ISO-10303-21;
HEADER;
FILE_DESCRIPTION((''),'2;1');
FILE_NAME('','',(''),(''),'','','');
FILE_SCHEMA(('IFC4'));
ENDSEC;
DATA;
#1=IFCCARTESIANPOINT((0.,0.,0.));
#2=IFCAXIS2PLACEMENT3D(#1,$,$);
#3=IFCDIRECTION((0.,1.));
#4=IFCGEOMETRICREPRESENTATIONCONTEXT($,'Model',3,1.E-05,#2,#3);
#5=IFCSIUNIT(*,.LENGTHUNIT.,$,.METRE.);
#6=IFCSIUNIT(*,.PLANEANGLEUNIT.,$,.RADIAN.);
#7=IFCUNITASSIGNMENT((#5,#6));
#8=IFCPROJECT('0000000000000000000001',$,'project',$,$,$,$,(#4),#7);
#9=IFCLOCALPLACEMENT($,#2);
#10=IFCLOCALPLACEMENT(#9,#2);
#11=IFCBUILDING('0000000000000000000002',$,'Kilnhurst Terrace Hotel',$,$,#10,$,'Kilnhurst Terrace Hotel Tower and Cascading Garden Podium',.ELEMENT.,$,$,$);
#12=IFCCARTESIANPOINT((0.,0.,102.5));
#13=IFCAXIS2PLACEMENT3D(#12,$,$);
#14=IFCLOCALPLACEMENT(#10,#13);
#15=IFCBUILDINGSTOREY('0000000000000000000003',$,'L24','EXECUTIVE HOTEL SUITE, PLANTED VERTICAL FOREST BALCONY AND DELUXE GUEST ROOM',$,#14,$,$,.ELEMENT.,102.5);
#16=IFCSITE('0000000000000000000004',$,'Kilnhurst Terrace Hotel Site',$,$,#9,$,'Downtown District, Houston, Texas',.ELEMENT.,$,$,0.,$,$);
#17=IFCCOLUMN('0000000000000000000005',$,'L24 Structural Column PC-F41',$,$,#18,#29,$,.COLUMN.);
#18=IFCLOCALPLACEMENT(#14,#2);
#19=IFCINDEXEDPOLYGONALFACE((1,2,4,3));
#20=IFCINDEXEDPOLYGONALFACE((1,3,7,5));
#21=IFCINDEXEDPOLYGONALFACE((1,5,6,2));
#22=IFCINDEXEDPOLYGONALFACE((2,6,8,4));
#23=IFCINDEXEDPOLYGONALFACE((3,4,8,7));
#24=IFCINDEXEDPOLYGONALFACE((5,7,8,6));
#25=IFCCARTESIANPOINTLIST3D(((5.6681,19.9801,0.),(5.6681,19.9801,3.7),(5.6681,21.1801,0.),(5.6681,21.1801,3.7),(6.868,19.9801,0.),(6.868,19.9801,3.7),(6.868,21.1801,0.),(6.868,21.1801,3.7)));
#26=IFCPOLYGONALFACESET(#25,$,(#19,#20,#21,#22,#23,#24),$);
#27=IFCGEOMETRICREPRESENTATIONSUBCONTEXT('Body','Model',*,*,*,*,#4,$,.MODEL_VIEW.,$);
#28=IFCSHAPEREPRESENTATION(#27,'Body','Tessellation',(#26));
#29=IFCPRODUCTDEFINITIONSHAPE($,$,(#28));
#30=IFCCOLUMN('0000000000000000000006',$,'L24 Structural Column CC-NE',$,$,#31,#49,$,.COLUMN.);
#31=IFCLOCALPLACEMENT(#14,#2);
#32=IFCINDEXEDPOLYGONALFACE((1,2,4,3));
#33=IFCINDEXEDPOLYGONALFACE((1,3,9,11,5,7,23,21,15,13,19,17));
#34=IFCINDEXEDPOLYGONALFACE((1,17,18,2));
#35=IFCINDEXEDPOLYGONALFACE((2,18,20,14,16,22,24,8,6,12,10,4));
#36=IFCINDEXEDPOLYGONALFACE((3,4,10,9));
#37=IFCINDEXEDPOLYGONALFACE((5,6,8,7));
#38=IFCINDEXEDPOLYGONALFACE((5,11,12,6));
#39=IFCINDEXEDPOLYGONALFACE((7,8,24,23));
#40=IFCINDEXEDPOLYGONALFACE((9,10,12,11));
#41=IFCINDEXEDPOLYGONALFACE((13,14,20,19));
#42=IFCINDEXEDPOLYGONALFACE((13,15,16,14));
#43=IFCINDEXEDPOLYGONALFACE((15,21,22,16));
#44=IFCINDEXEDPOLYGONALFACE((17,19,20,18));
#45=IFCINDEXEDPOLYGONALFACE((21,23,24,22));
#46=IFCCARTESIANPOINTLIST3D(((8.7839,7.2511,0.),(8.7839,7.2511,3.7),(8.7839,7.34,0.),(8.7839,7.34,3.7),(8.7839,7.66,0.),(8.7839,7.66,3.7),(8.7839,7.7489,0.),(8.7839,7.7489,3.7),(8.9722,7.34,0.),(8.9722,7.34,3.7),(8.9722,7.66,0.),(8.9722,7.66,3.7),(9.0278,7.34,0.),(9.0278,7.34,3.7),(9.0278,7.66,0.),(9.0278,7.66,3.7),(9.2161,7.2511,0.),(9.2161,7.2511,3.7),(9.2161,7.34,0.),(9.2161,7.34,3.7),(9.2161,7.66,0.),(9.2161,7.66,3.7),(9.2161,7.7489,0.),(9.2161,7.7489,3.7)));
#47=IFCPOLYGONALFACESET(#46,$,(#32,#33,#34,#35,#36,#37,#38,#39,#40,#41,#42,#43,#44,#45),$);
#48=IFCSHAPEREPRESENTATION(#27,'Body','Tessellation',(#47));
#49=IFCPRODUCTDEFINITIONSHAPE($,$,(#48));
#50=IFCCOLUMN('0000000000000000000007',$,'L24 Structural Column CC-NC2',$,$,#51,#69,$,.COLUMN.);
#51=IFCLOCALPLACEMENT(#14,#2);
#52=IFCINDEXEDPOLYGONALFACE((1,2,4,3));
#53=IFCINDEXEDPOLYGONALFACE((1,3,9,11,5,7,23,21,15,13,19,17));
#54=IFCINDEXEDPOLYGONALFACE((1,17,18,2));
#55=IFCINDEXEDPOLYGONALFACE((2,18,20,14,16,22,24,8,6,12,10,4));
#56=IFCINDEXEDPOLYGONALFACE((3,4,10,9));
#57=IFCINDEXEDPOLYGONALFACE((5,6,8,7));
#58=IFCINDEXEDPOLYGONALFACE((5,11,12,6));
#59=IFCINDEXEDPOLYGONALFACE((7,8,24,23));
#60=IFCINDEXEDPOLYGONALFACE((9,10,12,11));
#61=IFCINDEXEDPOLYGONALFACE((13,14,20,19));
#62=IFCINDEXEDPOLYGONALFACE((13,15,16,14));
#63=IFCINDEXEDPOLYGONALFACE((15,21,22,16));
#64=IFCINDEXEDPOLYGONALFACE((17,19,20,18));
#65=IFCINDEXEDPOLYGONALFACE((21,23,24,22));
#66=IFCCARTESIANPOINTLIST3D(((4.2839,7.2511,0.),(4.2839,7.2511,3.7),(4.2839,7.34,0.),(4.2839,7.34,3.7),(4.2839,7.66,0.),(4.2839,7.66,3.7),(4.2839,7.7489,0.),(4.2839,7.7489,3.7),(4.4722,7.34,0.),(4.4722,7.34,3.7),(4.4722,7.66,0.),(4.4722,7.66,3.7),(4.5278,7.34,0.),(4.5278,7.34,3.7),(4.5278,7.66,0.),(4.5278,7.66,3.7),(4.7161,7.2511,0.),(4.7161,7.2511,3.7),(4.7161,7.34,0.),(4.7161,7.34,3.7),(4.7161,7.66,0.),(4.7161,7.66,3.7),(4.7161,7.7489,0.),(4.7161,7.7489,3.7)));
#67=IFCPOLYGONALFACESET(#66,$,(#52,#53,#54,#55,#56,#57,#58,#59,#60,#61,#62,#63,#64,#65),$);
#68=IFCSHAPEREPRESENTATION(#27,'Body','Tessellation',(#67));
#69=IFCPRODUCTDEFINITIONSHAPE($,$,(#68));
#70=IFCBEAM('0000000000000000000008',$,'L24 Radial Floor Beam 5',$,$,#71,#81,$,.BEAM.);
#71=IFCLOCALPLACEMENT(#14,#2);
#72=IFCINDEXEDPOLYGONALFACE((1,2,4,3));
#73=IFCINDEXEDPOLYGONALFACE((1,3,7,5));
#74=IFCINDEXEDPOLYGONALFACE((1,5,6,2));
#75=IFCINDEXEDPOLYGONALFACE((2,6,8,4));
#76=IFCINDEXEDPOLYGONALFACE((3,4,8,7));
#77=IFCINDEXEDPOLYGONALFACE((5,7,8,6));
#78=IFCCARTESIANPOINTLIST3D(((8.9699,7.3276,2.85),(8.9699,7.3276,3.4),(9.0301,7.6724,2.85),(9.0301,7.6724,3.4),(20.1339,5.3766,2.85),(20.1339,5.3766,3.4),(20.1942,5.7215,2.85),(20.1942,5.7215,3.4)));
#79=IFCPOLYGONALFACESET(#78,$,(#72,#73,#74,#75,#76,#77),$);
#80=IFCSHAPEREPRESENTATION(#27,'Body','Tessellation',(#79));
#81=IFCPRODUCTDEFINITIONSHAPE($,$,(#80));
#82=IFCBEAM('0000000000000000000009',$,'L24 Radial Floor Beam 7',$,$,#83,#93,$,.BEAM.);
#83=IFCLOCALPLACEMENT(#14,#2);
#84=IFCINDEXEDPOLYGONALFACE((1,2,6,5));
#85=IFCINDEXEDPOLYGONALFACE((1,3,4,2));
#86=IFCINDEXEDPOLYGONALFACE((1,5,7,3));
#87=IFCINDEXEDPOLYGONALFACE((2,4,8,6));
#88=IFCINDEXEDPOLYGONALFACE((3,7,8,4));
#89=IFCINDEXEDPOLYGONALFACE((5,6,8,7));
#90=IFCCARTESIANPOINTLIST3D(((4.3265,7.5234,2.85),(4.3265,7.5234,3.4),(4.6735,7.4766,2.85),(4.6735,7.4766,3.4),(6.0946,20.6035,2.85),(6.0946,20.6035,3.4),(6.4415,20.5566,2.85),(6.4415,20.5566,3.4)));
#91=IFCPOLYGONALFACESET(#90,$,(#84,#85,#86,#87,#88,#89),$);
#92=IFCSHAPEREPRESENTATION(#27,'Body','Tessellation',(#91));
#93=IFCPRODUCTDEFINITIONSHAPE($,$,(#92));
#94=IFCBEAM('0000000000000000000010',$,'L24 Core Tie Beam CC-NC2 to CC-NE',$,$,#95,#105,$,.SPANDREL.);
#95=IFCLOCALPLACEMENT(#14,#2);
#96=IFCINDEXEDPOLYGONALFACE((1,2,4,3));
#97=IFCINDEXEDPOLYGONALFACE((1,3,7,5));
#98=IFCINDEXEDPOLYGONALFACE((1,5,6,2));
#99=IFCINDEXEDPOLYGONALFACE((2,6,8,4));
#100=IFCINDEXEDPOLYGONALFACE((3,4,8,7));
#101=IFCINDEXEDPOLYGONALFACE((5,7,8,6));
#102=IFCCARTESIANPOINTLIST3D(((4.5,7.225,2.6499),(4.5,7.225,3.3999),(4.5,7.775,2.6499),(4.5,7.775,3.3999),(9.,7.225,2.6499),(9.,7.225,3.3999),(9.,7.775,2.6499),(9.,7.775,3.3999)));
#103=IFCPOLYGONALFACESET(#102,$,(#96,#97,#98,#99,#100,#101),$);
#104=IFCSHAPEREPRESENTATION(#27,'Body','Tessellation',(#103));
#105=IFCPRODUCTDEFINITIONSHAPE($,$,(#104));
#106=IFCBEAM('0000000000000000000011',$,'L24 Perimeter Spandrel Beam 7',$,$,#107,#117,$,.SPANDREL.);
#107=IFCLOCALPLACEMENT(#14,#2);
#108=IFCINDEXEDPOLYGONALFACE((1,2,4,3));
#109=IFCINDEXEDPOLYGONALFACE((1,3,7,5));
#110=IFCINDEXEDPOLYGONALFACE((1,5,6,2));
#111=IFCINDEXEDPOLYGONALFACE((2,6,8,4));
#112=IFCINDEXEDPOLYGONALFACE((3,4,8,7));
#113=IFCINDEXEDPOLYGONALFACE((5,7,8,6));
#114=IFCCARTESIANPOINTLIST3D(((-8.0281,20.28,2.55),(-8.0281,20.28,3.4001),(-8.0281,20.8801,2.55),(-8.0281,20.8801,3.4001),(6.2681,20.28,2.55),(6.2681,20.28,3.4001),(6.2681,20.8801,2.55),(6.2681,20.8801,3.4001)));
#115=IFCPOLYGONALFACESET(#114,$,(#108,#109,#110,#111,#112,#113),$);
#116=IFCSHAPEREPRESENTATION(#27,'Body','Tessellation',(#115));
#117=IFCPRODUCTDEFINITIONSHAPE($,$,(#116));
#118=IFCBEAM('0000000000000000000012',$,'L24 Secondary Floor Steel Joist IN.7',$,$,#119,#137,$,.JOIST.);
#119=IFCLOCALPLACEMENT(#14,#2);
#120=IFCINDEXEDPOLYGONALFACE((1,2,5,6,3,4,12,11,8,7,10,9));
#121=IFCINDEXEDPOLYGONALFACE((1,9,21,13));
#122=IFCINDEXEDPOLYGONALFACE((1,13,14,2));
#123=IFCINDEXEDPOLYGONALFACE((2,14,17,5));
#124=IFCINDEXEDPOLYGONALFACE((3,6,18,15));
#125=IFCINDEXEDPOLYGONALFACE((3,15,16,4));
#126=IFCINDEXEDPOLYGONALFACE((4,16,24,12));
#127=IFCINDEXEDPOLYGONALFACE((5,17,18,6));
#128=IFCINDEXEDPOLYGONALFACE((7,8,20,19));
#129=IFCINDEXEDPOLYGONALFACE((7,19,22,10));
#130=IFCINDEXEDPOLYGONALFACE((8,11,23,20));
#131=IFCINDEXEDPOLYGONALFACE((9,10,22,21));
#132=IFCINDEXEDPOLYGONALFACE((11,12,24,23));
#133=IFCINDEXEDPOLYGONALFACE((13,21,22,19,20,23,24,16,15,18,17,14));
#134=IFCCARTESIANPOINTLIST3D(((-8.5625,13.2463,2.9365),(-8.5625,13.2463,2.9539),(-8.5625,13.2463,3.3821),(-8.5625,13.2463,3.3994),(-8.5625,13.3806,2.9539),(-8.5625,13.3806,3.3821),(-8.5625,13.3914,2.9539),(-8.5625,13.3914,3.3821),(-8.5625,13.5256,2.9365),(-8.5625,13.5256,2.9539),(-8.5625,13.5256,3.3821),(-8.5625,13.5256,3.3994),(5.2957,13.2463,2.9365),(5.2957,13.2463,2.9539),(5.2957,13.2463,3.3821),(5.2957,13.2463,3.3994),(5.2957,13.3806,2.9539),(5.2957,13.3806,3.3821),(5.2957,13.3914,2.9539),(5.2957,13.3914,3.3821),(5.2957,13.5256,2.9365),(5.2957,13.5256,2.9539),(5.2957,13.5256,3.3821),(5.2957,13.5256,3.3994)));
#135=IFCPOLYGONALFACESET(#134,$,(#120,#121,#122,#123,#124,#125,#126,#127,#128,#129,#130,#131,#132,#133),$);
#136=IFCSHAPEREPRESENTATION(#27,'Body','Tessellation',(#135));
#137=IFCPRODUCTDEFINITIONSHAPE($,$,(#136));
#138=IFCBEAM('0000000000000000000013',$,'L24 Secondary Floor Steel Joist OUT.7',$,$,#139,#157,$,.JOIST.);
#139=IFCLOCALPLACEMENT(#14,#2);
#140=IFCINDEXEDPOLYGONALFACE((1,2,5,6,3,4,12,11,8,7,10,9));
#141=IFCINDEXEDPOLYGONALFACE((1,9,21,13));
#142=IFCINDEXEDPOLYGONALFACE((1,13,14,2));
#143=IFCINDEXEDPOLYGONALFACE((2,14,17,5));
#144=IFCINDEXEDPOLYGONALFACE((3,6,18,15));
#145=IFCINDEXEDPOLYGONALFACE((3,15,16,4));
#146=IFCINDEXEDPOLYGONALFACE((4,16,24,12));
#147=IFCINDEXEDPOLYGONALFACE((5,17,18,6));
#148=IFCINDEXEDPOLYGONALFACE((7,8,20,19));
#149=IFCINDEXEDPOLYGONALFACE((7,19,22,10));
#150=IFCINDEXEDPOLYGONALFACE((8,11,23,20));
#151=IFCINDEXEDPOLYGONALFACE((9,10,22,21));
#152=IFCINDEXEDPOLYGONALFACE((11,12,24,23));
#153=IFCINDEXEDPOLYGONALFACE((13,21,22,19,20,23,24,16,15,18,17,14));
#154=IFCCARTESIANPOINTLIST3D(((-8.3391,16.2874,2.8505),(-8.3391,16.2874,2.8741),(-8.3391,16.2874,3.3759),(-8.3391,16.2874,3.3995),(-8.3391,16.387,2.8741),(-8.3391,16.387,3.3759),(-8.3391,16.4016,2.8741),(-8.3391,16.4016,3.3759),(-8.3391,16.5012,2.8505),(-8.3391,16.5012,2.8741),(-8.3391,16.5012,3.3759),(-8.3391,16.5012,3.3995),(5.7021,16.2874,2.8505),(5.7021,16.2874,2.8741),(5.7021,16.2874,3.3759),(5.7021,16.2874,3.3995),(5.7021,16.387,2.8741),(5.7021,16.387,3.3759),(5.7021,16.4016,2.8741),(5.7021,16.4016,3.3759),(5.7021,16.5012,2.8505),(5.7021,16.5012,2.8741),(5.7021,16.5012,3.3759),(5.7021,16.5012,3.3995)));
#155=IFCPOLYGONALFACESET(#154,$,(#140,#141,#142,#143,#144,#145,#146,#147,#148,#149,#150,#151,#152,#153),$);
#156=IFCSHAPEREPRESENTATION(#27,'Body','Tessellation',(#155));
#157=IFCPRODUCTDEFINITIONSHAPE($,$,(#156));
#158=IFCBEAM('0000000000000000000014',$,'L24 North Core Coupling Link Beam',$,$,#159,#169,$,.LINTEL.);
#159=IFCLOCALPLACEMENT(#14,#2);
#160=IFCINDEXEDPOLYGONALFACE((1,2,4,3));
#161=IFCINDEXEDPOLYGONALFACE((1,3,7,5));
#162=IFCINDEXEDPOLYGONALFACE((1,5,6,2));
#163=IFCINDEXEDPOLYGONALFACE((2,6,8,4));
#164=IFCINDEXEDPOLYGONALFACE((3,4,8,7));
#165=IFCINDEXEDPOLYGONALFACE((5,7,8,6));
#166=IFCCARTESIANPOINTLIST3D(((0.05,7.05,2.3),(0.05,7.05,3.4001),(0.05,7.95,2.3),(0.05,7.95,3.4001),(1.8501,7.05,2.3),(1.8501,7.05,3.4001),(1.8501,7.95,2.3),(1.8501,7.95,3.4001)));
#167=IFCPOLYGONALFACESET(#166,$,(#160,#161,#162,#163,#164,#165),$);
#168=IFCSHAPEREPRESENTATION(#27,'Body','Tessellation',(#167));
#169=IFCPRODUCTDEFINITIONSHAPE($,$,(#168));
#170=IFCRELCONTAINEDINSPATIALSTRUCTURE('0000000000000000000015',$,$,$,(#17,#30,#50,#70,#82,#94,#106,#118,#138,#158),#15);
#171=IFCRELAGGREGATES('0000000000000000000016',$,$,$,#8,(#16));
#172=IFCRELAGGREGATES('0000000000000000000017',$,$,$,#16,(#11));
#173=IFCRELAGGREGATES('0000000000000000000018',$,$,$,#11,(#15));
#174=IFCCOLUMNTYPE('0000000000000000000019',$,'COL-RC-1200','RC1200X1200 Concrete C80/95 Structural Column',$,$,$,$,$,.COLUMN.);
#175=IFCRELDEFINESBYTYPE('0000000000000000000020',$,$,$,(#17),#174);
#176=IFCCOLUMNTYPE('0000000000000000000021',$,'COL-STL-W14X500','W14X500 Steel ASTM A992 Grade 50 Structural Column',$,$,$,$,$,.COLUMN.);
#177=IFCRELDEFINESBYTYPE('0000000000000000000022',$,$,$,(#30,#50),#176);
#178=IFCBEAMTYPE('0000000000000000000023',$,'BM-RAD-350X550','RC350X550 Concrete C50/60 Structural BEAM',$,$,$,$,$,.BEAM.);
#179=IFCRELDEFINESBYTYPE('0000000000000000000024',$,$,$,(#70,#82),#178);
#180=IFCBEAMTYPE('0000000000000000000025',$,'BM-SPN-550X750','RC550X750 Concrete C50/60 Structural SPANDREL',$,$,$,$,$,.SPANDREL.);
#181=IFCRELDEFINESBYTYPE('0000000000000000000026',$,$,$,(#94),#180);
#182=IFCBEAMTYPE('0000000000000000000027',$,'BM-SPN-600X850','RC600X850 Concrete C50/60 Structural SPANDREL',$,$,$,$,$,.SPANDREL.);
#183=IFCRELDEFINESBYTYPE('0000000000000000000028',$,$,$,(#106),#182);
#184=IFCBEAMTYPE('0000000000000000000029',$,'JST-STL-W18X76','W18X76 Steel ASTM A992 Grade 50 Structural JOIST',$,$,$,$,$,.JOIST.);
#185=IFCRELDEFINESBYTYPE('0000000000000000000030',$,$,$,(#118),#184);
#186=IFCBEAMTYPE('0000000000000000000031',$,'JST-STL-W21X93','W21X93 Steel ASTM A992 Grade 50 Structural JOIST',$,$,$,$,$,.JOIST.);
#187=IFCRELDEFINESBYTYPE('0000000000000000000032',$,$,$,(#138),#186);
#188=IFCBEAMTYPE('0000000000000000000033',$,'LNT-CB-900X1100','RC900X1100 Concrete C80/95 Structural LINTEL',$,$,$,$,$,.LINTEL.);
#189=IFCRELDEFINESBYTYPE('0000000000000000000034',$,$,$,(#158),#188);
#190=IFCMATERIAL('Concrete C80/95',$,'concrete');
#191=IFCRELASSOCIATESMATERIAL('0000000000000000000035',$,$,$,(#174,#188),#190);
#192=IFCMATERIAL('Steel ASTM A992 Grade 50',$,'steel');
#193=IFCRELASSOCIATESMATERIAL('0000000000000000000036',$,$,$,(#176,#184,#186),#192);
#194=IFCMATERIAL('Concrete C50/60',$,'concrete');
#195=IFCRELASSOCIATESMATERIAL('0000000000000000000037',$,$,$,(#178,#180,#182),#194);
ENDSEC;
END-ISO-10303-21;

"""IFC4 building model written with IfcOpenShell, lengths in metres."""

from ifc_helpers import new_model, si_unit, direction, frame, origin, origin_2d, place, context, subcontext, project, spatial, rectangle, i_section, extrude, material, material_profile, profile_set, type_object, element, save


model = new_model("IFC4")

# Units and contexts
model_context = context("Model", 3, precision=1e-05, world=origin(), true_north=direction((0.0, 1.0)))
body_context = subcontext(model_context, "Body", "Model", "MODEL_VIEW")
ifc_project = project(units=[si_unit("LENGTHUNIT", "METRE"), si_unit("PLANEANGLEUNIT", "RADIAN")], contexts=[model_context])

# Site, building, storey
site_placement = place(None, origin())
site = spatial("IfcSite", under=ifc_project, at=site_placement, Name="Kilnhurst Terrace Hotel Site", LongName="Downtown District, Houston, Texas", CompositionType="ELEMENT", RefElevation=0.0)
building_placement = place(site_placement, origin())
building = spatial("IfcBuilding", under=site, at=building_placement, Name="Kilnhurst Terrace Hotel", LongName="Kilnhurst Terrace Hotel Tower and Cascading Garden Podium", CompositionType="ELEMENT")
storey_placement = place(building_placement, frame((0.0, 0.0, 102.5)))
storey = spatial("IfcBuildingStorey", under=building, at=storey_placement, Name="L24", Description="EXECUTIVE HOTEL SUITE, PLANTED VERTICAL FOREST BALCONY AND DELUXE GUEST ROOM", CompositionType="ELEMENT", Elevation=102.5)

# Columns
ifc_material_1 = material(Name="Concrete C80/95", Category="concrete")
ifc_material_profile_1 = material_profile(ifc_material_1, rectangle(XDim=1.2, YDim=1.2, at=origin_2d()), Name="RC1200X1200")
ifc_profile_set_1 = profile_set([ifc_material_profile_1], Name="Concrete C80/95")
column_type_1 = type_object("IfcColumnType", Name="COL-RC-1200", Description="RC1200X1200 Concrete C80/95 Structural Column", PredefinedType="COLUMN", material=ifc_profile_set_1)
column_placement = place(storey_placement, frame((6.2681, 20.5801, 0.0), z_axis=(0.0, 0.0, 1.0), x_axis=(1.0, 0.0, 0.0)))
element("IfcColumn", 1, at=column_placement, inside=storey, type_object=column_type_1, Name="L24 Structural Column PC-F41", PredefinedType="COLUMN", context=body_context, shape_type="SweptSolid", body=[
    extrude(rectangle(XDim=1.2, YDim=1.2, at=origin_2d()), origin(), (0.0, 0.0, 1.0), 3.7),
])
ifc_material_2 = material(Name="Steel ASTM A992 Grade 50", Category="steel")
ifc_material_profile_2 = material_profile(ifc_material_2, i_section(OverallWidth=0.4321, OverallDepth=0.4978, WebThickness=0.0557, FlangeThickness=0.0889, at=origin_2d()), Name="W14X500")
ifc_profile_set_2 = profile_set([ifc_material_profile_2], Name="Steel ASTM A992 Grade 50")
column_type_2 = type_object("IfcColumnType", Name="COL-STL-W14X500", Description="W14X500 Steel ASTM A992 Grade 50 Structural Column", PredefinedType="COLUMN", material=ifc_profile_set_2)
for number, where, z_axis, x_axis, name in (
    (2, (9.0, 7.5, 0.0), (0.0, 0.0, 1.0), (1.0, 0.0, 0.0), "L24 Structural Column CC-NE"),
    (3, (4.5, 7.5, 0.0), (0.0, 0.0, 1.0), (1.0, 0.0, 0.0), "L24 Structural Column CC-NC2"),
):
    element("IfcColumn", number, at=place(storey_placement, frame(where, z_axis=z_axis, x_axis=x_axis)), inside=storey, type_object=column_type_2, Name=name, PredefinedType="COLUMN", context=body_context, shape_type="SweptSolid", body=[
        extrude(i_section(OverallWidth=0.4321, OverallDepth=0.4978, WebThickness=0.0557, FlangeThickness=0.0889, at=origin_2d()), origin(), (0.0, 0.0, 1.0), 3.7),
    ])

# Beams
ifc_material_3 = material(Name="Concrete C50/60", Category="concrete")
ifc_material_profile_3 = material_profile(ifc_material_3, rectangle(XDim=0.3501, YDim=0.55, at=origin_2d()), Name="RC350X550")
ifc_profile_set_3 = profile_set([ifc_material_profile_3], Name="Concrete C50/60")
beam_type_1 = type_object("IfcBeamType", Name="BM-RAD-350X550", Description="RC350X550 Concrete C50/60 Structural BEAM", PredefinedType="BEAM", material=ifc_profile_set_3)
beam_1_placement = place(storey_placement, frame((9.0, 7.5, 3.125), z_axis=(0.985072, -0.172142, 0.0), x_axis=(0.172142, 0.985072, 0.0)))
element("IfcBeam", 4, at=beam_1_placement, inside=storey, type_object=beam_type_1, Name="L24 Radial Floor Beam 5", PredefinedType="BEAM", context=body_context, shape_type="SweptSolid", body=[
    extrude(rectangle(XDim=0.3501, YDim=0.55, at=origin_2d()), origin(), (0.0, 0.0, 1.0), 11.3333),
])
beam_2_placement = place(storey_placement, frame((4.5, 7.5, 3.125), z_axis=(0.133954, 0.990988, 0.0), x_axis=(-0.990988, 0.133954, 0.0)))
element("IfcBeam", 5, at=beam_2_placement, inside=storey, type_object=beam_type_1, Name="L24 Radial Floor Beam 7", PredefinedType="BEAM", context=body_context, shape_type="SweptSolid", body=[
    extrude(rectangle(XDim=0.3501, YDim=0.55, at=origin_2d()), origin(), (0.0, 0.0, 1.0), 13.199),
])
ifc_material_profile_4 = material_profile(ifc_material_3, rectangle(XDim=0.55, YDim=0.75, at=origin_2d()), Name="RC550X750")
ifc_profile_set_4 = profile_set([ifc_material_profile_4], Name="Concrete C50/60")
beam_type_2 = type_object("IfcBeamType", Name="BM-SPN-550X750", Description="RC550X750 Concrete C50/60 Structural SPANDREL", PredefinedType="SPANDREL", material=ifc_profile_set_4)
beam_3_placement = place(storey_placement, frame((4.5, 7.5, 3.0249), z_axis=(1.0, 0.0, 0.0), x_axis=(0.0, 1.0, 0.0)))
element("IfcBeam", 6, at=beam_3_placement, inside=storey, type_object=beam_type_2, Name="L24 Core Tie Beam CC-NC2 to CC-NE", PredefinedType="SPANDREL", context=body_context, shape_type="SweptSolid", body=[
    extrude(rectangle(XDim=0.55, YDim=0.75, at=origin_2d()), origin(), (0.0, 0.0, 1.0), 4.5),
])
ifc_material_profile_5 = material_profile(ifc_material_3, rectangle(XDim=0.6001, YDim=0.8501, at=origin_2d()), Name="RC600X850")
ifc_profile_set_5 = profile_set([ifc_material_profile_5], Name="Concrete C50/60")
beam_type_3 = type_object("IfcBeamType", Name="BM-SPN-600X850", Description="RC600X850 Concrete C50/60 Structural SPANDREL", PredefinedType="SPANDREL", material=ifc_profile_set_5)
beam_4_placement = place(storey_placement, frame((6.2681, 20.5801, 2.9751), z_axis=(-1.0, 0.0, 0.0), x_axis=(0.0, -1.0, 0.0)))
element("IfcBeam", 7, at=beam_4_placement, inside=storey, type_object=beam_type_3, Name="L24 Perimeter Spandrel Beam 7", PredefinedType="SPANDREL", context=body_context, shape_type="SweptSolid", body=[
    extrude(rectangle(XDim=0.6001, YDim=0.8501, at=origin_2d()), origin(), (0.0, 0.0, 1.0), 14.2961),
])
ifc_material_profile_6 = material_profile(ifc_material_2, i_section(OverallWidth=0.2793, OverallDepth=0.4629, WebThickness=0.0107, FlangeThickness=0.0173, at=origin_2d()), Name="W18X76")
ifc_profile_set_6 = profile_set([ifc_material_profile_6], Name="Steel ASTM A992 Grade 50")
beam_type_4 = type_object("IfcBeamType", Name="JST-STL-W18X76", Description="W18X76 Steel ASTM A992 Grade 50 Structural JOIST", PredefinedType="JOIST", material=ifc_profile_set_6)
beam_5_placement = place(storey_placement, frame((5.2957, 13.386, 3.168), z_axis=(-1.0, 0.0, 0.0), x_axis=(0.0, -1.0, 0.0)))
element("IfcBeam", 8, at=beam_5_placement, inside=storey, type_object=beam_type_4, Name="L24 Secondary Floor Steel Joist IN.7", PredefinedType="JOIST", context=body_context, shape_type="SweptSolid", body=[
    extrude(i_section(OverallWidth=0.2793, OverallDepth=0.4629, WebThickness=0.0107, FlangeThickness=0.0173, at=origin_2d()), origin(), (0.0, 0.0, 1.0), 13.8582),
])
ifc_material_profile_7 = material_profile(ifc_material_2, i_section(OverallWidth=0.2139, OverallDepth=0.5491, WebThickness=0.0146, FlangeThickness=0.0237, at=origin_2d()), Name="W21X93")
ifc_profile_set_7 = profile_set([ifc_material_profile_7], Name="Steel ASTM A992 Grade 50")
beam_type_5 = type_object("IfcBeamType", Name="JST-STL-W21X93", Description="W21X93 Steel ASTM A992 Grade 50 Structural JOIST", PredefinedType="JOIST", material=ifc_profile_set_7)
beam_6_placement = place(storey_placement, frame((5.7021, 16.3943, 3.125), z_axis=(-1.0, 0.0, 0.0), x_axis=(0.0, -1.0, 0.0)))
element("IfcBeam", 9, at=beam_6_placement, inside=storey, type_object=beam_type_5, Name="L24 Secondary Floor Steel Joist OUT.7", PredefinedType="JOIST", context=body_context, shape_type="SweptSolid", body=[
    extrude(i_section(OverallWidth=0.2139, OverallDepth=0.5491, WebThickness=0.0146, FlangeThickness=0.0237, at=origin_2d()), origin(), (0.0, 0.0, 1.0), 14.0413),
])
ifc_material_profile_8 = material_profile(ifc_material_1, rectangle(XDim=0.8999, YDim=1.1001, at=origin_2d()), Name="RC900X1100")
ifc_profile_set_8 = profile_set([ifc_material_profile_8], Name="Concrete C80/95")
beam_type_6 = type_object("IfcBeamType", Name="LNT-CB-900X1100", Description="RC900X1100 Concrete C80/95 Structural LINTEL", PredefinedType="LINTEL", material=ifc_profile_set_8)
beam_7_placement = place(storey_placement, frame((0.05, 7.5, 2.8501), z_axis=(1.0, 0.0, 0.0), x_axis=(0.0, 1.0, 0.0)))
element("IfcBeam", 10, at=beam_7_placement, inside=storey, type_object=beam_type_6, Name="L24 North Core Coupling Link Beam", PredefinedType="LINTEL", context=body_context, shape_type="SweptSolid", body=[
    extrude(rectangle(XDim=0.8999, YDim=1.1001, at=origin_2d()), origin(), (0.0, 0.0, 1.0), 1.8),
])

save(model, "model.ifc")
